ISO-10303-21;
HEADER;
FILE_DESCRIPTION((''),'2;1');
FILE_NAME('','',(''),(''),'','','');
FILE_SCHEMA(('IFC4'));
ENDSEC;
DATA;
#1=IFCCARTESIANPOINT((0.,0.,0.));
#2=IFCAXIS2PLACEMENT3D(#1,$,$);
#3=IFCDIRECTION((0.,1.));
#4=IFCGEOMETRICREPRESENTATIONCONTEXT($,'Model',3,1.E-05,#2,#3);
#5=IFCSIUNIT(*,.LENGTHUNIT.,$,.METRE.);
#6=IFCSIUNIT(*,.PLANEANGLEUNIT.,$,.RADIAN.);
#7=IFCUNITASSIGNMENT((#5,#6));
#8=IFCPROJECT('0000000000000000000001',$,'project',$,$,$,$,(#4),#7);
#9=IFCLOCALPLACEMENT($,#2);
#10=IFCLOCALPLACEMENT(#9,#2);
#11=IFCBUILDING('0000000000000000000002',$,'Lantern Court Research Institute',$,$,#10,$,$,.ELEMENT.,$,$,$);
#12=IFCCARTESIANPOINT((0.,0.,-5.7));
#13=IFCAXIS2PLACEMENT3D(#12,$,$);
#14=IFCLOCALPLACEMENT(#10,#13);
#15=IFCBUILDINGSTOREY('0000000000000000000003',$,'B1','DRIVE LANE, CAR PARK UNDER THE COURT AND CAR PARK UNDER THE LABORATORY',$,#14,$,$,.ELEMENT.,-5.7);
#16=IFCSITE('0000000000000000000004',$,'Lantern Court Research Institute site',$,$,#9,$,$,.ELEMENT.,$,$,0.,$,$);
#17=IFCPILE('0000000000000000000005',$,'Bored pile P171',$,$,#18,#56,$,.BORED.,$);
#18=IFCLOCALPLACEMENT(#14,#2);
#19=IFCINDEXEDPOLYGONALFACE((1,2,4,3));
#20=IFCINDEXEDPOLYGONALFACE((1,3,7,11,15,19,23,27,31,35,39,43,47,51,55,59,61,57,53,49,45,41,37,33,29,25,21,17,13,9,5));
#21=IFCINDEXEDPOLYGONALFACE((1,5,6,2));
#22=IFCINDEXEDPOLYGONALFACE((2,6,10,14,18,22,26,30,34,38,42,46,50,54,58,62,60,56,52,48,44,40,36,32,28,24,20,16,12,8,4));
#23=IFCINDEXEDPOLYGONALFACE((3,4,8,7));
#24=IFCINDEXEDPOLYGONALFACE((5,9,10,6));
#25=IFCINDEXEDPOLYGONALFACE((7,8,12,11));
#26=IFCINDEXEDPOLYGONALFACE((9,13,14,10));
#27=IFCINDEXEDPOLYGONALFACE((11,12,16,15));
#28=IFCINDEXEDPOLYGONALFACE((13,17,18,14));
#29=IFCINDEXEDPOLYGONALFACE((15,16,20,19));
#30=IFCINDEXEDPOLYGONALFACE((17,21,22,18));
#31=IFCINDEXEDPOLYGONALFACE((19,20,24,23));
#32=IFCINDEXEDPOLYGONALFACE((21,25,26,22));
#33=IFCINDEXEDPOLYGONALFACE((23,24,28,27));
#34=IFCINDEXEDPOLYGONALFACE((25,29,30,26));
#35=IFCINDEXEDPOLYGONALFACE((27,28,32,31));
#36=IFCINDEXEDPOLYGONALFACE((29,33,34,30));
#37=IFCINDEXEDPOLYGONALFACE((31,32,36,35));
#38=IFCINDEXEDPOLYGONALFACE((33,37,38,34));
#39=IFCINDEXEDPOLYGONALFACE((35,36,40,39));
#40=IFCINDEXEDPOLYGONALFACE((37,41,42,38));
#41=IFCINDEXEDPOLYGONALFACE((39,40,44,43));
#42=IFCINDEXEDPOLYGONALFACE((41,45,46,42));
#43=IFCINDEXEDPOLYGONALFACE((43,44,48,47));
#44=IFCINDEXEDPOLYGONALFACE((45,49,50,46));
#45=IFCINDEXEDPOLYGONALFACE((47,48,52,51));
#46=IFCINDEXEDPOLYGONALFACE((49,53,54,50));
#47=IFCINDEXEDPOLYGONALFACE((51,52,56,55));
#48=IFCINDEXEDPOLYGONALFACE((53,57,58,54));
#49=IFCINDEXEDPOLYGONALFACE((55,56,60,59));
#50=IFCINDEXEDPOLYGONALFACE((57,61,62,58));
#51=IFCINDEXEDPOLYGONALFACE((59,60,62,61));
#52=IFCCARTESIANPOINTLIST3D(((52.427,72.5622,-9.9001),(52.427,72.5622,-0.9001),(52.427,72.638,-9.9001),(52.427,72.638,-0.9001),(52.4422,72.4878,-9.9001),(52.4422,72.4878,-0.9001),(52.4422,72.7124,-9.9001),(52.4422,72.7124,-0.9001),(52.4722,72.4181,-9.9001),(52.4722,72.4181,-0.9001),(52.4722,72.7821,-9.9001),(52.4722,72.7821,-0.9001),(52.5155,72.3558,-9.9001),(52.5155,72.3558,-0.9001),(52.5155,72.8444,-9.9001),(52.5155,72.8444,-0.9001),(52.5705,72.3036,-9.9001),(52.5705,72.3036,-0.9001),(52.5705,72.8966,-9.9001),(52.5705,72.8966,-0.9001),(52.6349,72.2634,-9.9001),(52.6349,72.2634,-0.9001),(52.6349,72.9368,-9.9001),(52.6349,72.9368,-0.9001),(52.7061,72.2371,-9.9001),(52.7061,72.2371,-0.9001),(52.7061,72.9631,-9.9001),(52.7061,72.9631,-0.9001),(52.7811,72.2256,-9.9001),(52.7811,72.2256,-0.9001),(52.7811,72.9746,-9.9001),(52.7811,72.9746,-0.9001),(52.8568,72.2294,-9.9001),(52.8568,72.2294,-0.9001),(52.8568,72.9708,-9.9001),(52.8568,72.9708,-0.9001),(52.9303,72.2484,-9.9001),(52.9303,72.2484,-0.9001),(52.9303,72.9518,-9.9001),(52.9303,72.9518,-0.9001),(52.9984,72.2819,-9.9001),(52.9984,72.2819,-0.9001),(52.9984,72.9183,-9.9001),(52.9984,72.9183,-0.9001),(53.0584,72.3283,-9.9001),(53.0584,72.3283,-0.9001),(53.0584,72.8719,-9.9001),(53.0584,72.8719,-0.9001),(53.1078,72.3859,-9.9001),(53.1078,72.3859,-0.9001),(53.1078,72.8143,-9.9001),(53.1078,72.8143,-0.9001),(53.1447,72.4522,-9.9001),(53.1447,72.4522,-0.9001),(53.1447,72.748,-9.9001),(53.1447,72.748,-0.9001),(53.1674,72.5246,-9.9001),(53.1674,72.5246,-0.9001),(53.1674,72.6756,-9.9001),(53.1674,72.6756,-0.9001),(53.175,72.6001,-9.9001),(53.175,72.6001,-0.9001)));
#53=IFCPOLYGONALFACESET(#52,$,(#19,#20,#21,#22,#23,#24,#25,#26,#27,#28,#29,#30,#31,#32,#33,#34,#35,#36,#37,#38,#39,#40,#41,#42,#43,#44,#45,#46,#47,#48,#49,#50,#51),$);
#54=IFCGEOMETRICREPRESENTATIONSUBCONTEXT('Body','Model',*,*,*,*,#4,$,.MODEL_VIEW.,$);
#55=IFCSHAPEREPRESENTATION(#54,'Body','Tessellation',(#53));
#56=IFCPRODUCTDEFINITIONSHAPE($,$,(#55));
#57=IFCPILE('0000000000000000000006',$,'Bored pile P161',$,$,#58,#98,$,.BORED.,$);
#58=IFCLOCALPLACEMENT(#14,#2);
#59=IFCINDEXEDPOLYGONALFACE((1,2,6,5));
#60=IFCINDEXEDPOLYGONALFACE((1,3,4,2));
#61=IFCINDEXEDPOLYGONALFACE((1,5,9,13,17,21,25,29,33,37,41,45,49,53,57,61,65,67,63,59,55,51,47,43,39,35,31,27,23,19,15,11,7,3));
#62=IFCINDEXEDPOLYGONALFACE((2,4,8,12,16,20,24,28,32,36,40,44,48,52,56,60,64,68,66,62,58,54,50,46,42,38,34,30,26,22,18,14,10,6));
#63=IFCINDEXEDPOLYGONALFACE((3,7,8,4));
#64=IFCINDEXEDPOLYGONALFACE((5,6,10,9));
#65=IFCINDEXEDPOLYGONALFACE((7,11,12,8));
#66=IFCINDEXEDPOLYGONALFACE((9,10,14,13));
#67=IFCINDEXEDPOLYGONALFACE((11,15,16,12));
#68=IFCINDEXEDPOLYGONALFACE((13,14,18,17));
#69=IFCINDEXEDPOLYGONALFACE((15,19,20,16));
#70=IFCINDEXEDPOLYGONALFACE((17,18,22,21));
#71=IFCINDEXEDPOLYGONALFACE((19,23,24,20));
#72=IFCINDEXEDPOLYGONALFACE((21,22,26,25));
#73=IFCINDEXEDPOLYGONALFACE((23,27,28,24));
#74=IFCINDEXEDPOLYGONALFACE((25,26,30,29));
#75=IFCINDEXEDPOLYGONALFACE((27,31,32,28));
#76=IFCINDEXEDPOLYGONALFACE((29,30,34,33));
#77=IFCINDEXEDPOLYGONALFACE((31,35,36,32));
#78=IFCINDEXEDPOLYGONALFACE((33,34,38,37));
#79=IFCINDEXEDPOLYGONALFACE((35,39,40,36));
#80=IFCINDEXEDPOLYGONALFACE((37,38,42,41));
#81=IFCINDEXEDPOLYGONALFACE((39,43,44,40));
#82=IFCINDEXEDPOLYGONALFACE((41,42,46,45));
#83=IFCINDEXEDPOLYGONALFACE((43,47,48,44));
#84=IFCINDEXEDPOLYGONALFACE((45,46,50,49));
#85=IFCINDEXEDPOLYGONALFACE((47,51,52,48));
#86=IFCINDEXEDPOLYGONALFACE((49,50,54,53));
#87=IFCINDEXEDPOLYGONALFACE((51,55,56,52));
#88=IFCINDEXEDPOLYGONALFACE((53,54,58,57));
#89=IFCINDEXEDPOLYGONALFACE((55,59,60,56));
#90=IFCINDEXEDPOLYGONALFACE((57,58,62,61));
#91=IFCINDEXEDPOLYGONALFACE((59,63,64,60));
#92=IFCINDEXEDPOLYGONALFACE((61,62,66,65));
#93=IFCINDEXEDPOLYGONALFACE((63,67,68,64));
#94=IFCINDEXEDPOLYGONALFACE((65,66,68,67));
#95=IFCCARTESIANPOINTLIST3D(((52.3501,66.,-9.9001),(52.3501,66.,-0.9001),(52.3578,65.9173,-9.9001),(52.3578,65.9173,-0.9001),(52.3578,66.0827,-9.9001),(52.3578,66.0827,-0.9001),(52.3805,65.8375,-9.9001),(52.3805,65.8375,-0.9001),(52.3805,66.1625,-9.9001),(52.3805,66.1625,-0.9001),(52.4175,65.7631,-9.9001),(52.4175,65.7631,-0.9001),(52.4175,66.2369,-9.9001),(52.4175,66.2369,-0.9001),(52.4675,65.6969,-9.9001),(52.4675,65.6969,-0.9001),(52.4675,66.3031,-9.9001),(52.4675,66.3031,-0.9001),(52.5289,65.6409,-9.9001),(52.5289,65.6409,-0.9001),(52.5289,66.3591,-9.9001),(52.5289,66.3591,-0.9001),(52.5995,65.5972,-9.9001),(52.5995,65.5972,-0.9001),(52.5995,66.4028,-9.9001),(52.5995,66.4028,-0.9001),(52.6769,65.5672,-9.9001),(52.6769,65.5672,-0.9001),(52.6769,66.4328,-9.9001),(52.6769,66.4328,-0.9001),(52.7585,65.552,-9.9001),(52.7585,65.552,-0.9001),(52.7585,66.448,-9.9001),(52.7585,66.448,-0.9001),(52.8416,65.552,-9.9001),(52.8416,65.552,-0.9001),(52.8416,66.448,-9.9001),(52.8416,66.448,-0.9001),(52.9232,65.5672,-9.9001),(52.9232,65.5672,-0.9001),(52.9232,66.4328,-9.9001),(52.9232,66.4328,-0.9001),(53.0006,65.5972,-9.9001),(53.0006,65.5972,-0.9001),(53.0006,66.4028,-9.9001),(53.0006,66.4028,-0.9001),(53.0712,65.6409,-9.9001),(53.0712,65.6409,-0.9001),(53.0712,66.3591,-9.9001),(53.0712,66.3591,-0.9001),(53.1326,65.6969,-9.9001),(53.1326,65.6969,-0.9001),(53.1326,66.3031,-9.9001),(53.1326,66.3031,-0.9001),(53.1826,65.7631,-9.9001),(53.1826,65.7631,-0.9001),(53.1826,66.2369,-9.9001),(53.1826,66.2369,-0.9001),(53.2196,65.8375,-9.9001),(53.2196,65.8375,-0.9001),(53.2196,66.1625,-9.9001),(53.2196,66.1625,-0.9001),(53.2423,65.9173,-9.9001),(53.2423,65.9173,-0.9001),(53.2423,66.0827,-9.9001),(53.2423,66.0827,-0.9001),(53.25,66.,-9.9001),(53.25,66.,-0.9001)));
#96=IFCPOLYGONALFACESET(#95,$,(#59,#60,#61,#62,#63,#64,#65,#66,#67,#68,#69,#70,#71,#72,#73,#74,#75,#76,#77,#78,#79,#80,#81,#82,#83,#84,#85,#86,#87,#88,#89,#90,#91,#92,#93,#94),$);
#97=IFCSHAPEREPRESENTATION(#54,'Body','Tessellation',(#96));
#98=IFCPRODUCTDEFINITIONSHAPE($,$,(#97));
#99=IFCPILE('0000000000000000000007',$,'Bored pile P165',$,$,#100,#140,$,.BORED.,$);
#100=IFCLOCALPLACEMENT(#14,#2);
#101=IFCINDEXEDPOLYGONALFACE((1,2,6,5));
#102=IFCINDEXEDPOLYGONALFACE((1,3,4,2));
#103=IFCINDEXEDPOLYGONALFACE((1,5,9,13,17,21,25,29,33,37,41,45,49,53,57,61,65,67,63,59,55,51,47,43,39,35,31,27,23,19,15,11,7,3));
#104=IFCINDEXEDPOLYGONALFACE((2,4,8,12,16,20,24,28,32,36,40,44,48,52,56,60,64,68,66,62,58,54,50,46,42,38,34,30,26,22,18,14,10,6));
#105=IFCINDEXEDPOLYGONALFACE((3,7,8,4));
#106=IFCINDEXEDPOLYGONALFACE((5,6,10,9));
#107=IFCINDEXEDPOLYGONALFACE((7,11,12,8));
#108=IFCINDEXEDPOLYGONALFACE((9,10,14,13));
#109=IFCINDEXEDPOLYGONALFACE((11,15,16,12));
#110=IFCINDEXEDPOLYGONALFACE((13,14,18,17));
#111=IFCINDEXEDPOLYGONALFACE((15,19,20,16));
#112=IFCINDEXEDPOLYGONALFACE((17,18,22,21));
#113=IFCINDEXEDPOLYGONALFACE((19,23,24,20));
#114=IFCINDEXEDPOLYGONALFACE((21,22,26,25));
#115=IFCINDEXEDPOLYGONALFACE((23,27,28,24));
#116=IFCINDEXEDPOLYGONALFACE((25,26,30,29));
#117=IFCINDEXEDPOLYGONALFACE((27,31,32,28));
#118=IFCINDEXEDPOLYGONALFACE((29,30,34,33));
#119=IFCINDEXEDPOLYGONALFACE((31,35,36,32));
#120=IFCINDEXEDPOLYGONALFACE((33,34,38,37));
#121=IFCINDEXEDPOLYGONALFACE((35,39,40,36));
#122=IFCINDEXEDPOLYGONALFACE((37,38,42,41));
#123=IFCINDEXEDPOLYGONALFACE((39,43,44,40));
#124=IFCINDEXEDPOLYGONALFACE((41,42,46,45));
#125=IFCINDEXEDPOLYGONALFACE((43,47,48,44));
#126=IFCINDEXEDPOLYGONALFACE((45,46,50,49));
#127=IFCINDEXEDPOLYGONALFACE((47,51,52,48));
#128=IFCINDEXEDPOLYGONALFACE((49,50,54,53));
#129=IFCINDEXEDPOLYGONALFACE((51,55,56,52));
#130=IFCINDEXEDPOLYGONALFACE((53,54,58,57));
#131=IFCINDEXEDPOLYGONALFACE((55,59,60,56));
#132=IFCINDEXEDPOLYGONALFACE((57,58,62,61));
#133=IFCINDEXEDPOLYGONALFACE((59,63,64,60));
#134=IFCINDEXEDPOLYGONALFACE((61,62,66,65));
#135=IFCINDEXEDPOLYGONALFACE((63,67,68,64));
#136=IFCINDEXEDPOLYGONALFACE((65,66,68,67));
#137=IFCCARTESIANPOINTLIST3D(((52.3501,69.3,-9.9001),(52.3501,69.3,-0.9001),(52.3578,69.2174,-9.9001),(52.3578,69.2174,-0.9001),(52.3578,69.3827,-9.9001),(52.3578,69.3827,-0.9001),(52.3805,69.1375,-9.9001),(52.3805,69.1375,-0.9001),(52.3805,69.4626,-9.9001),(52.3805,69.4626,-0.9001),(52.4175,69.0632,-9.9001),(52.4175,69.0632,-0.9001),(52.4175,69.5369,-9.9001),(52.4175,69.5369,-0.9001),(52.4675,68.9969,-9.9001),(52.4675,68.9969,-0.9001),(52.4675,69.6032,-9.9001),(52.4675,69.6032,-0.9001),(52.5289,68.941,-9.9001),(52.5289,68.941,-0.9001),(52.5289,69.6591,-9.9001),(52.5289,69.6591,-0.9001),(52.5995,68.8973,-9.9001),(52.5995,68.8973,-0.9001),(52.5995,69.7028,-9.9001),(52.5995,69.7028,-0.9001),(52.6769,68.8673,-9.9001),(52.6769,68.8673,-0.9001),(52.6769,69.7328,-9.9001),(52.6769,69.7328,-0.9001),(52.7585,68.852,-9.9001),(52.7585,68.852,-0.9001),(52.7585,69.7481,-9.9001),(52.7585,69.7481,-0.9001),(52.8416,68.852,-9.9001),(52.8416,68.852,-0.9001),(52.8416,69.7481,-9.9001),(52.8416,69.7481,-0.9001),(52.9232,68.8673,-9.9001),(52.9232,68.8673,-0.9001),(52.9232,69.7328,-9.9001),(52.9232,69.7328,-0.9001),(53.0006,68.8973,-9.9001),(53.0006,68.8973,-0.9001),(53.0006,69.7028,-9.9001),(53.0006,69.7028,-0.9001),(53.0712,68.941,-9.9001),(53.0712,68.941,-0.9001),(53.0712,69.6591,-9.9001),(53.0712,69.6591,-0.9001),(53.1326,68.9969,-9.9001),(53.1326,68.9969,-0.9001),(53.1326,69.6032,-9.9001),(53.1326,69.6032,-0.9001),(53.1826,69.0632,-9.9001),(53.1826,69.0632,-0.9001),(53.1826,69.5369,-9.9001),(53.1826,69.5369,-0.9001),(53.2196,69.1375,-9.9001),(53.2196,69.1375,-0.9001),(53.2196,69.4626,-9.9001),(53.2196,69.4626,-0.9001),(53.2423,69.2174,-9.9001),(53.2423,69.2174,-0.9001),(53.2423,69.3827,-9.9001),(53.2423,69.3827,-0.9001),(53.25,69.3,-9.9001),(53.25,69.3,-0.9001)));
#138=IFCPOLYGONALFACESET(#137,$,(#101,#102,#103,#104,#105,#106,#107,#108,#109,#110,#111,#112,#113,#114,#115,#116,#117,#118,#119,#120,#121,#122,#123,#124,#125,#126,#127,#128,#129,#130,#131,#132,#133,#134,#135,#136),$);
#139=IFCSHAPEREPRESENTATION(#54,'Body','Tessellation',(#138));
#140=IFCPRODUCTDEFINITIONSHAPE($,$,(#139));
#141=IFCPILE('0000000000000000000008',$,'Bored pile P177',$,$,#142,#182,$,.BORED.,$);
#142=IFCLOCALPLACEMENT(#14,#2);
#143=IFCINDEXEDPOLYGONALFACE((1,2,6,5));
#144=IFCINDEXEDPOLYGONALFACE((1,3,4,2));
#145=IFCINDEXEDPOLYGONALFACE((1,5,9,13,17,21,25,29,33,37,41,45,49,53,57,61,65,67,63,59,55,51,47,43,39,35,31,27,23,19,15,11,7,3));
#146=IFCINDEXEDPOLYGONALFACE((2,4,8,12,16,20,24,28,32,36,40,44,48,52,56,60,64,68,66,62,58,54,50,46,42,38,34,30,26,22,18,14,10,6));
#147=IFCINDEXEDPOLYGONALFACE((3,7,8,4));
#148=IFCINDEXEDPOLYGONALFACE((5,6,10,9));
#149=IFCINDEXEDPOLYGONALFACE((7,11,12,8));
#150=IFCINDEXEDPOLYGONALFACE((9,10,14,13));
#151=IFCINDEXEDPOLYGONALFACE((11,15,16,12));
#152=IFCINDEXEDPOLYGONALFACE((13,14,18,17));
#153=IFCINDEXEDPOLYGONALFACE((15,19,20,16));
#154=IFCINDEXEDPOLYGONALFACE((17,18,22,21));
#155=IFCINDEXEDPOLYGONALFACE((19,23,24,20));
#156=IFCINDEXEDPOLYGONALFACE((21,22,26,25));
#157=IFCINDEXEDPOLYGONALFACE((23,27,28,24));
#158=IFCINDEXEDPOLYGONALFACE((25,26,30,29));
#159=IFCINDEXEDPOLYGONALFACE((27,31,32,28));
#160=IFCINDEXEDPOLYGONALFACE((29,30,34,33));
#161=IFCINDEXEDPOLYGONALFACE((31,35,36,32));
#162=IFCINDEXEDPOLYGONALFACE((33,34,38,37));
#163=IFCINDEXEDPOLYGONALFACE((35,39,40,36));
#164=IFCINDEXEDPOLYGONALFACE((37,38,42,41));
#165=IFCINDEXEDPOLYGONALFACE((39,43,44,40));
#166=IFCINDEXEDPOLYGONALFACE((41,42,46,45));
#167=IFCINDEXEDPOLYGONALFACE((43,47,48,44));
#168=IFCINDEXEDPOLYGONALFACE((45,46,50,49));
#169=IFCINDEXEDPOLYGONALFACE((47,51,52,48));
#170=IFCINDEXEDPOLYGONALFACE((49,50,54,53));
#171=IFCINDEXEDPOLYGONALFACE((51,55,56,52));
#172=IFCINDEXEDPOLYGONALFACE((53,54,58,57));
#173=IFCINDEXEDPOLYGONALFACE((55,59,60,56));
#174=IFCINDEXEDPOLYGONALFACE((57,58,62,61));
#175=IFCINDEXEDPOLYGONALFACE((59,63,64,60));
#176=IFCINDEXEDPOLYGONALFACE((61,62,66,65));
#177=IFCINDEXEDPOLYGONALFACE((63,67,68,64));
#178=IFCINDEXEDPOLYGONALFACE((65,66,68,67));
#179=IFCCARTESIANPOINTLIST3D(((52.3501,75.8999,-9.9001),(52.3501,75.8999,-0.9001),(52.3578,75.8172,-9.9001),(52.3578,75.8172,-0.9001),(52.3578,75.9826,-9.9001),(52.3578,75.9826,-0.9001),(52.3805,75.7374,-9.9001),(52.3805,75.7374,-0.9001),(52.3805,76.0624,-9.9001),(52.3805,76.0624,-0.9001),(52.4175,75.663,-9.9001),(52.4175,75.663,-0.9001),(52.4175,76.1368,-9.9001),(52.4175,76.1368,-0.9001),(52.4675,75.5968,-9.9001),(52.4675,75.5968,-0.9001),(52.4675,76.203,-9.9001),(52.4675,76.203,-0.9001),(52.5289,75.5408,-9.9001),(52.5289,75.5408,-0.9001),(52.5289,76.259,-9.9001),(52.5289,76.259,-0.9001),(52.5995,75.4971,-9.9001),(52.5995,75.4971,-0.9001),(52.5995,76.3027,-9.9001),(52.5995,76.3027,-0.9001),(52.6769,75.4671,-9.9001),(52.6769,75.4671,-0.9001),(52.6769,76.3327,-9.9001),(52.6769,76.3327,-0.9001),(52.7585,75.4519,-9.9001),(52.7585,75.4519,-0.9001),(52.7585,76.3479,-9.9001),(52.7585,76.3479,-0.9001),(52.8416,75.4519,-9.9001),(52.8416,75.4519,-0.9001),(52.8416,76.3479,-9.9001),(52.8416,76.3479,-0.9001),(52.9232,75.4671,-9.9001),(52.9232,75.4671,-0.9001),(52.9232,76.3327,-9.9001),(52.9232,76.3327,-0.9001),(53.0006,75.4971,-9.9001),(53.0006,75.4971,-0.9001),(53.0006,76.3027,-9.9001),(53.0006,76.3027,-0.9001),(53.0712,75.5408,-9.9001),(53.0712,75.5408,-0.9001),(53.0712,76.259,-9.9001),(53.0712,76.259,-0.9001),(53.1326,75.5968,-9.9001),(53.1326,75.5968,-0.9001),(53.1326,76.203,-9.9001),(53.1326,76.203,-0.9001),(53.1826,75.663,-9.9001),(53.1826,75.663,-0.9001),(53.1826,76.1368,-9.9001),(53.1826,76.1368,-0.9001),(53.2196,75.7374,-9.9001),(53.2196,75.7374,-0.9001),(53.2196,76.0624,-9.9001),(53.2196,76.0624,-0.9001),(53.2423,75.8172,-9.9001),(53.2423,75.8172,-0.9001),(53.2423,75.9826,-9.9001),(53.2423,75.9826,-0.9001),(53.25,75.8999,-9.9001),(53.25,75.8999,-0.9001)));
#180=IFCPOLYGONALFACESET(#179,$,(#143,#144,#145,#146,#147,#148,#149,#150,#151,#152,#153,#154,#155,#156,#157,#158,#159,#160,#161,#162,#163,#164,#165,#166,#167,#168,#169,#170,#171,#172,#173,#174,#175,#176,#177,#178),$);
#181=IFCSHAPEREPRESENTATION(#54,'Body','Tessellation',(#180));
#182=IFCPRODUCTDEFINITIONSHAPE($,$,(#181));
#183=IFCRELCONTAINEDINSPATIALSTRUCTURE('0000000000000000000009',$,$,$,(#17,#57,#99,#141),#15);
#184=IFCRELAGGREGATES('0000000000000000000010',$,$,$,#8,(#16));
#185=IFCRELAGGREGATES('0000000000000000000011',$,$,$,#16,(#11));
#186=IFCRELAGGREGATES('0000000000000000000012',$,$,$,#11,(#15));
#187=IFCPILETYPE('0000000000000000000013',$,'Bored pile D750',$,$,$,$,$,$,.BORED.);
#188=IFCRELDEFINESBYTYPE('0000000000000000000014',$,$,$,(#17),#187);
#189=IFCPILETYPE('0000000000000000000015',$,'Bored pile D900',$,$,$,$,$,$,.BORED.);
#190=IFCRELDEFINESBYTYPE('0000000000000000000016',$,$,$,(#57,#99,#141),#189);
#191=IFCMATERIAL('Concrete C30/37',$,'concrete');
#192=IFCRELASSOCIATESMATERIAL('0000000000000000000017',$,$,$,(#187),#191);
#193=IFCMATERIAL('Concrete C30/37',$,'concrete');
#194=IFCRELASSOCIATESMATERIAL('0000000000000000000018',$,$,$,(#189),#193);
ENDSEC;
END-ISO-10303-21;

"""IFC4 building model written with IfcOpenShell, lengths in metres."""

from ifc_helpers import new_model, si_unit, direction, frame, origin, origin_2d, place, context, subcontext, project, spatial, circle, extrude, material, material_profile, profile_set, type_object, element, save


model = new_model("IFC4")

# Units and contexts
model_context = context("Model", 3, precision=1e-05, world=origin(), true_north=direction((0.0, 1.0)))
body_context = subcontext(model_context, "Body", "Model", "MODEL_VIEW")
ifc_project = project(units=[si_unit("LENGTHUNIT", "METRE"), si_unit("PLANEANGLEUNIT", "RADIAN")], contexts=[model_context])

# Site, building, storey
site_placement = place(None, origin())
site = spatial("IfcSite", under=ifc_project, at=site_placement, Name="Lantern Court Research Institute site", CompositionType="ELEMENT", RefElevation=0.0)
building_placement = place(site_placement, origin())
building = spatial("IfcBuilding", under=site, at=building_placement, Name="Lantern Court Research Institute", CompositionType="ELEMENT")
storey_placement = place(building_placement, frame((0.0, 0.0, -5.7)))
storey = spatial("IfcBuildingStorey", under=building, at=storey_placement, Name="B1", Description="DRIVE LANE, CAR PARK UNDER THE COURT AND CAR PARK UNDER THE LABORATORY", CompositionType="ELEMENT", Elevation=-5.7)

# Piles
ifc_material_1 = material(Name="Concrete C30/37", Category="concrete")
ifc_material_profile_1 = material_profile(ifc_material_1, circle(Radius=0.375, at=origin_2d()), Name="Bored pile D750")
ifc_profile_set_1 = profile_set([ifc_material_profile_1], Name="Concrete C30/37")
pile_type_1 = type_object("IfcPileType", Name="Bored pile D750", PredefinedType="BORED", material=ifc_profile_set_1)
pile_placement = place(storey_placement, frame((52.8, 72.6001, -0.9001), z_axis=(0.0, 0.0, -1.0), x_axis=(1.0, 0.0, 0.0)))
element("IfcPile", 1, at=pile_placement, inside=storey, type_object=pile_type_1, Name="Bored pile P171", PredefinedType="BORED", context=body_context, shape_type="SweptSolid", body=[
    extrude(circle(Radius=0.375, at=origin_2d()), origin(), (0.0, 0.0, 1.0), 9.0),
])
ifc_material_2 = material(Name="Concrete C30/37", Category="concrete")
ifc_material_profile_2 = material_profile(ifc_material_2, circle(Radius=0.45, at=origin_2d()), Name="Bored pile D900")
ifc_profile_set_2 = profile_set([ifc_material_profile_2], Name="Concrete C30/37")
pile_type_2 = type_object("IfcPileType", Name="Bored pile D900", PredefinedType="BORED", material=ifc_profile_set_2)
for number, where, z_axis, x_axis, name in (
    (2, (52.8, 66.0, -0.9001), (0.0, 0.0, -1.0), (1.0, 0.0, 0.0), "Bored pile P161"),
    (3, (52.8, 69.3, -0.9001), (0.0, 0.0, -1.0), (1.0, 0.0, 0.0), "Bored pile P165"),
    (4, (52.8, 75.8999, -0.9001), (0.0, 0.0, -1.0), (1.0, 0.0, 0.0), "Bored pile P177"),
):
    element("IfcPile", number, at=place(storey_placement, frame(where, z_axis=z_axis, x_axis=x_axis)), inside=storey, type_object=pile_type_2, Name=name, PredefinedType="BORED", context=body_context, shape_type="SweptSolid", body=[
        extrude(circle(Radius=0.45, at=origin_2d()), origin(), (0.0, 0.0, 1.0), 9.0),
    ])

save(model, "model.ifc")
